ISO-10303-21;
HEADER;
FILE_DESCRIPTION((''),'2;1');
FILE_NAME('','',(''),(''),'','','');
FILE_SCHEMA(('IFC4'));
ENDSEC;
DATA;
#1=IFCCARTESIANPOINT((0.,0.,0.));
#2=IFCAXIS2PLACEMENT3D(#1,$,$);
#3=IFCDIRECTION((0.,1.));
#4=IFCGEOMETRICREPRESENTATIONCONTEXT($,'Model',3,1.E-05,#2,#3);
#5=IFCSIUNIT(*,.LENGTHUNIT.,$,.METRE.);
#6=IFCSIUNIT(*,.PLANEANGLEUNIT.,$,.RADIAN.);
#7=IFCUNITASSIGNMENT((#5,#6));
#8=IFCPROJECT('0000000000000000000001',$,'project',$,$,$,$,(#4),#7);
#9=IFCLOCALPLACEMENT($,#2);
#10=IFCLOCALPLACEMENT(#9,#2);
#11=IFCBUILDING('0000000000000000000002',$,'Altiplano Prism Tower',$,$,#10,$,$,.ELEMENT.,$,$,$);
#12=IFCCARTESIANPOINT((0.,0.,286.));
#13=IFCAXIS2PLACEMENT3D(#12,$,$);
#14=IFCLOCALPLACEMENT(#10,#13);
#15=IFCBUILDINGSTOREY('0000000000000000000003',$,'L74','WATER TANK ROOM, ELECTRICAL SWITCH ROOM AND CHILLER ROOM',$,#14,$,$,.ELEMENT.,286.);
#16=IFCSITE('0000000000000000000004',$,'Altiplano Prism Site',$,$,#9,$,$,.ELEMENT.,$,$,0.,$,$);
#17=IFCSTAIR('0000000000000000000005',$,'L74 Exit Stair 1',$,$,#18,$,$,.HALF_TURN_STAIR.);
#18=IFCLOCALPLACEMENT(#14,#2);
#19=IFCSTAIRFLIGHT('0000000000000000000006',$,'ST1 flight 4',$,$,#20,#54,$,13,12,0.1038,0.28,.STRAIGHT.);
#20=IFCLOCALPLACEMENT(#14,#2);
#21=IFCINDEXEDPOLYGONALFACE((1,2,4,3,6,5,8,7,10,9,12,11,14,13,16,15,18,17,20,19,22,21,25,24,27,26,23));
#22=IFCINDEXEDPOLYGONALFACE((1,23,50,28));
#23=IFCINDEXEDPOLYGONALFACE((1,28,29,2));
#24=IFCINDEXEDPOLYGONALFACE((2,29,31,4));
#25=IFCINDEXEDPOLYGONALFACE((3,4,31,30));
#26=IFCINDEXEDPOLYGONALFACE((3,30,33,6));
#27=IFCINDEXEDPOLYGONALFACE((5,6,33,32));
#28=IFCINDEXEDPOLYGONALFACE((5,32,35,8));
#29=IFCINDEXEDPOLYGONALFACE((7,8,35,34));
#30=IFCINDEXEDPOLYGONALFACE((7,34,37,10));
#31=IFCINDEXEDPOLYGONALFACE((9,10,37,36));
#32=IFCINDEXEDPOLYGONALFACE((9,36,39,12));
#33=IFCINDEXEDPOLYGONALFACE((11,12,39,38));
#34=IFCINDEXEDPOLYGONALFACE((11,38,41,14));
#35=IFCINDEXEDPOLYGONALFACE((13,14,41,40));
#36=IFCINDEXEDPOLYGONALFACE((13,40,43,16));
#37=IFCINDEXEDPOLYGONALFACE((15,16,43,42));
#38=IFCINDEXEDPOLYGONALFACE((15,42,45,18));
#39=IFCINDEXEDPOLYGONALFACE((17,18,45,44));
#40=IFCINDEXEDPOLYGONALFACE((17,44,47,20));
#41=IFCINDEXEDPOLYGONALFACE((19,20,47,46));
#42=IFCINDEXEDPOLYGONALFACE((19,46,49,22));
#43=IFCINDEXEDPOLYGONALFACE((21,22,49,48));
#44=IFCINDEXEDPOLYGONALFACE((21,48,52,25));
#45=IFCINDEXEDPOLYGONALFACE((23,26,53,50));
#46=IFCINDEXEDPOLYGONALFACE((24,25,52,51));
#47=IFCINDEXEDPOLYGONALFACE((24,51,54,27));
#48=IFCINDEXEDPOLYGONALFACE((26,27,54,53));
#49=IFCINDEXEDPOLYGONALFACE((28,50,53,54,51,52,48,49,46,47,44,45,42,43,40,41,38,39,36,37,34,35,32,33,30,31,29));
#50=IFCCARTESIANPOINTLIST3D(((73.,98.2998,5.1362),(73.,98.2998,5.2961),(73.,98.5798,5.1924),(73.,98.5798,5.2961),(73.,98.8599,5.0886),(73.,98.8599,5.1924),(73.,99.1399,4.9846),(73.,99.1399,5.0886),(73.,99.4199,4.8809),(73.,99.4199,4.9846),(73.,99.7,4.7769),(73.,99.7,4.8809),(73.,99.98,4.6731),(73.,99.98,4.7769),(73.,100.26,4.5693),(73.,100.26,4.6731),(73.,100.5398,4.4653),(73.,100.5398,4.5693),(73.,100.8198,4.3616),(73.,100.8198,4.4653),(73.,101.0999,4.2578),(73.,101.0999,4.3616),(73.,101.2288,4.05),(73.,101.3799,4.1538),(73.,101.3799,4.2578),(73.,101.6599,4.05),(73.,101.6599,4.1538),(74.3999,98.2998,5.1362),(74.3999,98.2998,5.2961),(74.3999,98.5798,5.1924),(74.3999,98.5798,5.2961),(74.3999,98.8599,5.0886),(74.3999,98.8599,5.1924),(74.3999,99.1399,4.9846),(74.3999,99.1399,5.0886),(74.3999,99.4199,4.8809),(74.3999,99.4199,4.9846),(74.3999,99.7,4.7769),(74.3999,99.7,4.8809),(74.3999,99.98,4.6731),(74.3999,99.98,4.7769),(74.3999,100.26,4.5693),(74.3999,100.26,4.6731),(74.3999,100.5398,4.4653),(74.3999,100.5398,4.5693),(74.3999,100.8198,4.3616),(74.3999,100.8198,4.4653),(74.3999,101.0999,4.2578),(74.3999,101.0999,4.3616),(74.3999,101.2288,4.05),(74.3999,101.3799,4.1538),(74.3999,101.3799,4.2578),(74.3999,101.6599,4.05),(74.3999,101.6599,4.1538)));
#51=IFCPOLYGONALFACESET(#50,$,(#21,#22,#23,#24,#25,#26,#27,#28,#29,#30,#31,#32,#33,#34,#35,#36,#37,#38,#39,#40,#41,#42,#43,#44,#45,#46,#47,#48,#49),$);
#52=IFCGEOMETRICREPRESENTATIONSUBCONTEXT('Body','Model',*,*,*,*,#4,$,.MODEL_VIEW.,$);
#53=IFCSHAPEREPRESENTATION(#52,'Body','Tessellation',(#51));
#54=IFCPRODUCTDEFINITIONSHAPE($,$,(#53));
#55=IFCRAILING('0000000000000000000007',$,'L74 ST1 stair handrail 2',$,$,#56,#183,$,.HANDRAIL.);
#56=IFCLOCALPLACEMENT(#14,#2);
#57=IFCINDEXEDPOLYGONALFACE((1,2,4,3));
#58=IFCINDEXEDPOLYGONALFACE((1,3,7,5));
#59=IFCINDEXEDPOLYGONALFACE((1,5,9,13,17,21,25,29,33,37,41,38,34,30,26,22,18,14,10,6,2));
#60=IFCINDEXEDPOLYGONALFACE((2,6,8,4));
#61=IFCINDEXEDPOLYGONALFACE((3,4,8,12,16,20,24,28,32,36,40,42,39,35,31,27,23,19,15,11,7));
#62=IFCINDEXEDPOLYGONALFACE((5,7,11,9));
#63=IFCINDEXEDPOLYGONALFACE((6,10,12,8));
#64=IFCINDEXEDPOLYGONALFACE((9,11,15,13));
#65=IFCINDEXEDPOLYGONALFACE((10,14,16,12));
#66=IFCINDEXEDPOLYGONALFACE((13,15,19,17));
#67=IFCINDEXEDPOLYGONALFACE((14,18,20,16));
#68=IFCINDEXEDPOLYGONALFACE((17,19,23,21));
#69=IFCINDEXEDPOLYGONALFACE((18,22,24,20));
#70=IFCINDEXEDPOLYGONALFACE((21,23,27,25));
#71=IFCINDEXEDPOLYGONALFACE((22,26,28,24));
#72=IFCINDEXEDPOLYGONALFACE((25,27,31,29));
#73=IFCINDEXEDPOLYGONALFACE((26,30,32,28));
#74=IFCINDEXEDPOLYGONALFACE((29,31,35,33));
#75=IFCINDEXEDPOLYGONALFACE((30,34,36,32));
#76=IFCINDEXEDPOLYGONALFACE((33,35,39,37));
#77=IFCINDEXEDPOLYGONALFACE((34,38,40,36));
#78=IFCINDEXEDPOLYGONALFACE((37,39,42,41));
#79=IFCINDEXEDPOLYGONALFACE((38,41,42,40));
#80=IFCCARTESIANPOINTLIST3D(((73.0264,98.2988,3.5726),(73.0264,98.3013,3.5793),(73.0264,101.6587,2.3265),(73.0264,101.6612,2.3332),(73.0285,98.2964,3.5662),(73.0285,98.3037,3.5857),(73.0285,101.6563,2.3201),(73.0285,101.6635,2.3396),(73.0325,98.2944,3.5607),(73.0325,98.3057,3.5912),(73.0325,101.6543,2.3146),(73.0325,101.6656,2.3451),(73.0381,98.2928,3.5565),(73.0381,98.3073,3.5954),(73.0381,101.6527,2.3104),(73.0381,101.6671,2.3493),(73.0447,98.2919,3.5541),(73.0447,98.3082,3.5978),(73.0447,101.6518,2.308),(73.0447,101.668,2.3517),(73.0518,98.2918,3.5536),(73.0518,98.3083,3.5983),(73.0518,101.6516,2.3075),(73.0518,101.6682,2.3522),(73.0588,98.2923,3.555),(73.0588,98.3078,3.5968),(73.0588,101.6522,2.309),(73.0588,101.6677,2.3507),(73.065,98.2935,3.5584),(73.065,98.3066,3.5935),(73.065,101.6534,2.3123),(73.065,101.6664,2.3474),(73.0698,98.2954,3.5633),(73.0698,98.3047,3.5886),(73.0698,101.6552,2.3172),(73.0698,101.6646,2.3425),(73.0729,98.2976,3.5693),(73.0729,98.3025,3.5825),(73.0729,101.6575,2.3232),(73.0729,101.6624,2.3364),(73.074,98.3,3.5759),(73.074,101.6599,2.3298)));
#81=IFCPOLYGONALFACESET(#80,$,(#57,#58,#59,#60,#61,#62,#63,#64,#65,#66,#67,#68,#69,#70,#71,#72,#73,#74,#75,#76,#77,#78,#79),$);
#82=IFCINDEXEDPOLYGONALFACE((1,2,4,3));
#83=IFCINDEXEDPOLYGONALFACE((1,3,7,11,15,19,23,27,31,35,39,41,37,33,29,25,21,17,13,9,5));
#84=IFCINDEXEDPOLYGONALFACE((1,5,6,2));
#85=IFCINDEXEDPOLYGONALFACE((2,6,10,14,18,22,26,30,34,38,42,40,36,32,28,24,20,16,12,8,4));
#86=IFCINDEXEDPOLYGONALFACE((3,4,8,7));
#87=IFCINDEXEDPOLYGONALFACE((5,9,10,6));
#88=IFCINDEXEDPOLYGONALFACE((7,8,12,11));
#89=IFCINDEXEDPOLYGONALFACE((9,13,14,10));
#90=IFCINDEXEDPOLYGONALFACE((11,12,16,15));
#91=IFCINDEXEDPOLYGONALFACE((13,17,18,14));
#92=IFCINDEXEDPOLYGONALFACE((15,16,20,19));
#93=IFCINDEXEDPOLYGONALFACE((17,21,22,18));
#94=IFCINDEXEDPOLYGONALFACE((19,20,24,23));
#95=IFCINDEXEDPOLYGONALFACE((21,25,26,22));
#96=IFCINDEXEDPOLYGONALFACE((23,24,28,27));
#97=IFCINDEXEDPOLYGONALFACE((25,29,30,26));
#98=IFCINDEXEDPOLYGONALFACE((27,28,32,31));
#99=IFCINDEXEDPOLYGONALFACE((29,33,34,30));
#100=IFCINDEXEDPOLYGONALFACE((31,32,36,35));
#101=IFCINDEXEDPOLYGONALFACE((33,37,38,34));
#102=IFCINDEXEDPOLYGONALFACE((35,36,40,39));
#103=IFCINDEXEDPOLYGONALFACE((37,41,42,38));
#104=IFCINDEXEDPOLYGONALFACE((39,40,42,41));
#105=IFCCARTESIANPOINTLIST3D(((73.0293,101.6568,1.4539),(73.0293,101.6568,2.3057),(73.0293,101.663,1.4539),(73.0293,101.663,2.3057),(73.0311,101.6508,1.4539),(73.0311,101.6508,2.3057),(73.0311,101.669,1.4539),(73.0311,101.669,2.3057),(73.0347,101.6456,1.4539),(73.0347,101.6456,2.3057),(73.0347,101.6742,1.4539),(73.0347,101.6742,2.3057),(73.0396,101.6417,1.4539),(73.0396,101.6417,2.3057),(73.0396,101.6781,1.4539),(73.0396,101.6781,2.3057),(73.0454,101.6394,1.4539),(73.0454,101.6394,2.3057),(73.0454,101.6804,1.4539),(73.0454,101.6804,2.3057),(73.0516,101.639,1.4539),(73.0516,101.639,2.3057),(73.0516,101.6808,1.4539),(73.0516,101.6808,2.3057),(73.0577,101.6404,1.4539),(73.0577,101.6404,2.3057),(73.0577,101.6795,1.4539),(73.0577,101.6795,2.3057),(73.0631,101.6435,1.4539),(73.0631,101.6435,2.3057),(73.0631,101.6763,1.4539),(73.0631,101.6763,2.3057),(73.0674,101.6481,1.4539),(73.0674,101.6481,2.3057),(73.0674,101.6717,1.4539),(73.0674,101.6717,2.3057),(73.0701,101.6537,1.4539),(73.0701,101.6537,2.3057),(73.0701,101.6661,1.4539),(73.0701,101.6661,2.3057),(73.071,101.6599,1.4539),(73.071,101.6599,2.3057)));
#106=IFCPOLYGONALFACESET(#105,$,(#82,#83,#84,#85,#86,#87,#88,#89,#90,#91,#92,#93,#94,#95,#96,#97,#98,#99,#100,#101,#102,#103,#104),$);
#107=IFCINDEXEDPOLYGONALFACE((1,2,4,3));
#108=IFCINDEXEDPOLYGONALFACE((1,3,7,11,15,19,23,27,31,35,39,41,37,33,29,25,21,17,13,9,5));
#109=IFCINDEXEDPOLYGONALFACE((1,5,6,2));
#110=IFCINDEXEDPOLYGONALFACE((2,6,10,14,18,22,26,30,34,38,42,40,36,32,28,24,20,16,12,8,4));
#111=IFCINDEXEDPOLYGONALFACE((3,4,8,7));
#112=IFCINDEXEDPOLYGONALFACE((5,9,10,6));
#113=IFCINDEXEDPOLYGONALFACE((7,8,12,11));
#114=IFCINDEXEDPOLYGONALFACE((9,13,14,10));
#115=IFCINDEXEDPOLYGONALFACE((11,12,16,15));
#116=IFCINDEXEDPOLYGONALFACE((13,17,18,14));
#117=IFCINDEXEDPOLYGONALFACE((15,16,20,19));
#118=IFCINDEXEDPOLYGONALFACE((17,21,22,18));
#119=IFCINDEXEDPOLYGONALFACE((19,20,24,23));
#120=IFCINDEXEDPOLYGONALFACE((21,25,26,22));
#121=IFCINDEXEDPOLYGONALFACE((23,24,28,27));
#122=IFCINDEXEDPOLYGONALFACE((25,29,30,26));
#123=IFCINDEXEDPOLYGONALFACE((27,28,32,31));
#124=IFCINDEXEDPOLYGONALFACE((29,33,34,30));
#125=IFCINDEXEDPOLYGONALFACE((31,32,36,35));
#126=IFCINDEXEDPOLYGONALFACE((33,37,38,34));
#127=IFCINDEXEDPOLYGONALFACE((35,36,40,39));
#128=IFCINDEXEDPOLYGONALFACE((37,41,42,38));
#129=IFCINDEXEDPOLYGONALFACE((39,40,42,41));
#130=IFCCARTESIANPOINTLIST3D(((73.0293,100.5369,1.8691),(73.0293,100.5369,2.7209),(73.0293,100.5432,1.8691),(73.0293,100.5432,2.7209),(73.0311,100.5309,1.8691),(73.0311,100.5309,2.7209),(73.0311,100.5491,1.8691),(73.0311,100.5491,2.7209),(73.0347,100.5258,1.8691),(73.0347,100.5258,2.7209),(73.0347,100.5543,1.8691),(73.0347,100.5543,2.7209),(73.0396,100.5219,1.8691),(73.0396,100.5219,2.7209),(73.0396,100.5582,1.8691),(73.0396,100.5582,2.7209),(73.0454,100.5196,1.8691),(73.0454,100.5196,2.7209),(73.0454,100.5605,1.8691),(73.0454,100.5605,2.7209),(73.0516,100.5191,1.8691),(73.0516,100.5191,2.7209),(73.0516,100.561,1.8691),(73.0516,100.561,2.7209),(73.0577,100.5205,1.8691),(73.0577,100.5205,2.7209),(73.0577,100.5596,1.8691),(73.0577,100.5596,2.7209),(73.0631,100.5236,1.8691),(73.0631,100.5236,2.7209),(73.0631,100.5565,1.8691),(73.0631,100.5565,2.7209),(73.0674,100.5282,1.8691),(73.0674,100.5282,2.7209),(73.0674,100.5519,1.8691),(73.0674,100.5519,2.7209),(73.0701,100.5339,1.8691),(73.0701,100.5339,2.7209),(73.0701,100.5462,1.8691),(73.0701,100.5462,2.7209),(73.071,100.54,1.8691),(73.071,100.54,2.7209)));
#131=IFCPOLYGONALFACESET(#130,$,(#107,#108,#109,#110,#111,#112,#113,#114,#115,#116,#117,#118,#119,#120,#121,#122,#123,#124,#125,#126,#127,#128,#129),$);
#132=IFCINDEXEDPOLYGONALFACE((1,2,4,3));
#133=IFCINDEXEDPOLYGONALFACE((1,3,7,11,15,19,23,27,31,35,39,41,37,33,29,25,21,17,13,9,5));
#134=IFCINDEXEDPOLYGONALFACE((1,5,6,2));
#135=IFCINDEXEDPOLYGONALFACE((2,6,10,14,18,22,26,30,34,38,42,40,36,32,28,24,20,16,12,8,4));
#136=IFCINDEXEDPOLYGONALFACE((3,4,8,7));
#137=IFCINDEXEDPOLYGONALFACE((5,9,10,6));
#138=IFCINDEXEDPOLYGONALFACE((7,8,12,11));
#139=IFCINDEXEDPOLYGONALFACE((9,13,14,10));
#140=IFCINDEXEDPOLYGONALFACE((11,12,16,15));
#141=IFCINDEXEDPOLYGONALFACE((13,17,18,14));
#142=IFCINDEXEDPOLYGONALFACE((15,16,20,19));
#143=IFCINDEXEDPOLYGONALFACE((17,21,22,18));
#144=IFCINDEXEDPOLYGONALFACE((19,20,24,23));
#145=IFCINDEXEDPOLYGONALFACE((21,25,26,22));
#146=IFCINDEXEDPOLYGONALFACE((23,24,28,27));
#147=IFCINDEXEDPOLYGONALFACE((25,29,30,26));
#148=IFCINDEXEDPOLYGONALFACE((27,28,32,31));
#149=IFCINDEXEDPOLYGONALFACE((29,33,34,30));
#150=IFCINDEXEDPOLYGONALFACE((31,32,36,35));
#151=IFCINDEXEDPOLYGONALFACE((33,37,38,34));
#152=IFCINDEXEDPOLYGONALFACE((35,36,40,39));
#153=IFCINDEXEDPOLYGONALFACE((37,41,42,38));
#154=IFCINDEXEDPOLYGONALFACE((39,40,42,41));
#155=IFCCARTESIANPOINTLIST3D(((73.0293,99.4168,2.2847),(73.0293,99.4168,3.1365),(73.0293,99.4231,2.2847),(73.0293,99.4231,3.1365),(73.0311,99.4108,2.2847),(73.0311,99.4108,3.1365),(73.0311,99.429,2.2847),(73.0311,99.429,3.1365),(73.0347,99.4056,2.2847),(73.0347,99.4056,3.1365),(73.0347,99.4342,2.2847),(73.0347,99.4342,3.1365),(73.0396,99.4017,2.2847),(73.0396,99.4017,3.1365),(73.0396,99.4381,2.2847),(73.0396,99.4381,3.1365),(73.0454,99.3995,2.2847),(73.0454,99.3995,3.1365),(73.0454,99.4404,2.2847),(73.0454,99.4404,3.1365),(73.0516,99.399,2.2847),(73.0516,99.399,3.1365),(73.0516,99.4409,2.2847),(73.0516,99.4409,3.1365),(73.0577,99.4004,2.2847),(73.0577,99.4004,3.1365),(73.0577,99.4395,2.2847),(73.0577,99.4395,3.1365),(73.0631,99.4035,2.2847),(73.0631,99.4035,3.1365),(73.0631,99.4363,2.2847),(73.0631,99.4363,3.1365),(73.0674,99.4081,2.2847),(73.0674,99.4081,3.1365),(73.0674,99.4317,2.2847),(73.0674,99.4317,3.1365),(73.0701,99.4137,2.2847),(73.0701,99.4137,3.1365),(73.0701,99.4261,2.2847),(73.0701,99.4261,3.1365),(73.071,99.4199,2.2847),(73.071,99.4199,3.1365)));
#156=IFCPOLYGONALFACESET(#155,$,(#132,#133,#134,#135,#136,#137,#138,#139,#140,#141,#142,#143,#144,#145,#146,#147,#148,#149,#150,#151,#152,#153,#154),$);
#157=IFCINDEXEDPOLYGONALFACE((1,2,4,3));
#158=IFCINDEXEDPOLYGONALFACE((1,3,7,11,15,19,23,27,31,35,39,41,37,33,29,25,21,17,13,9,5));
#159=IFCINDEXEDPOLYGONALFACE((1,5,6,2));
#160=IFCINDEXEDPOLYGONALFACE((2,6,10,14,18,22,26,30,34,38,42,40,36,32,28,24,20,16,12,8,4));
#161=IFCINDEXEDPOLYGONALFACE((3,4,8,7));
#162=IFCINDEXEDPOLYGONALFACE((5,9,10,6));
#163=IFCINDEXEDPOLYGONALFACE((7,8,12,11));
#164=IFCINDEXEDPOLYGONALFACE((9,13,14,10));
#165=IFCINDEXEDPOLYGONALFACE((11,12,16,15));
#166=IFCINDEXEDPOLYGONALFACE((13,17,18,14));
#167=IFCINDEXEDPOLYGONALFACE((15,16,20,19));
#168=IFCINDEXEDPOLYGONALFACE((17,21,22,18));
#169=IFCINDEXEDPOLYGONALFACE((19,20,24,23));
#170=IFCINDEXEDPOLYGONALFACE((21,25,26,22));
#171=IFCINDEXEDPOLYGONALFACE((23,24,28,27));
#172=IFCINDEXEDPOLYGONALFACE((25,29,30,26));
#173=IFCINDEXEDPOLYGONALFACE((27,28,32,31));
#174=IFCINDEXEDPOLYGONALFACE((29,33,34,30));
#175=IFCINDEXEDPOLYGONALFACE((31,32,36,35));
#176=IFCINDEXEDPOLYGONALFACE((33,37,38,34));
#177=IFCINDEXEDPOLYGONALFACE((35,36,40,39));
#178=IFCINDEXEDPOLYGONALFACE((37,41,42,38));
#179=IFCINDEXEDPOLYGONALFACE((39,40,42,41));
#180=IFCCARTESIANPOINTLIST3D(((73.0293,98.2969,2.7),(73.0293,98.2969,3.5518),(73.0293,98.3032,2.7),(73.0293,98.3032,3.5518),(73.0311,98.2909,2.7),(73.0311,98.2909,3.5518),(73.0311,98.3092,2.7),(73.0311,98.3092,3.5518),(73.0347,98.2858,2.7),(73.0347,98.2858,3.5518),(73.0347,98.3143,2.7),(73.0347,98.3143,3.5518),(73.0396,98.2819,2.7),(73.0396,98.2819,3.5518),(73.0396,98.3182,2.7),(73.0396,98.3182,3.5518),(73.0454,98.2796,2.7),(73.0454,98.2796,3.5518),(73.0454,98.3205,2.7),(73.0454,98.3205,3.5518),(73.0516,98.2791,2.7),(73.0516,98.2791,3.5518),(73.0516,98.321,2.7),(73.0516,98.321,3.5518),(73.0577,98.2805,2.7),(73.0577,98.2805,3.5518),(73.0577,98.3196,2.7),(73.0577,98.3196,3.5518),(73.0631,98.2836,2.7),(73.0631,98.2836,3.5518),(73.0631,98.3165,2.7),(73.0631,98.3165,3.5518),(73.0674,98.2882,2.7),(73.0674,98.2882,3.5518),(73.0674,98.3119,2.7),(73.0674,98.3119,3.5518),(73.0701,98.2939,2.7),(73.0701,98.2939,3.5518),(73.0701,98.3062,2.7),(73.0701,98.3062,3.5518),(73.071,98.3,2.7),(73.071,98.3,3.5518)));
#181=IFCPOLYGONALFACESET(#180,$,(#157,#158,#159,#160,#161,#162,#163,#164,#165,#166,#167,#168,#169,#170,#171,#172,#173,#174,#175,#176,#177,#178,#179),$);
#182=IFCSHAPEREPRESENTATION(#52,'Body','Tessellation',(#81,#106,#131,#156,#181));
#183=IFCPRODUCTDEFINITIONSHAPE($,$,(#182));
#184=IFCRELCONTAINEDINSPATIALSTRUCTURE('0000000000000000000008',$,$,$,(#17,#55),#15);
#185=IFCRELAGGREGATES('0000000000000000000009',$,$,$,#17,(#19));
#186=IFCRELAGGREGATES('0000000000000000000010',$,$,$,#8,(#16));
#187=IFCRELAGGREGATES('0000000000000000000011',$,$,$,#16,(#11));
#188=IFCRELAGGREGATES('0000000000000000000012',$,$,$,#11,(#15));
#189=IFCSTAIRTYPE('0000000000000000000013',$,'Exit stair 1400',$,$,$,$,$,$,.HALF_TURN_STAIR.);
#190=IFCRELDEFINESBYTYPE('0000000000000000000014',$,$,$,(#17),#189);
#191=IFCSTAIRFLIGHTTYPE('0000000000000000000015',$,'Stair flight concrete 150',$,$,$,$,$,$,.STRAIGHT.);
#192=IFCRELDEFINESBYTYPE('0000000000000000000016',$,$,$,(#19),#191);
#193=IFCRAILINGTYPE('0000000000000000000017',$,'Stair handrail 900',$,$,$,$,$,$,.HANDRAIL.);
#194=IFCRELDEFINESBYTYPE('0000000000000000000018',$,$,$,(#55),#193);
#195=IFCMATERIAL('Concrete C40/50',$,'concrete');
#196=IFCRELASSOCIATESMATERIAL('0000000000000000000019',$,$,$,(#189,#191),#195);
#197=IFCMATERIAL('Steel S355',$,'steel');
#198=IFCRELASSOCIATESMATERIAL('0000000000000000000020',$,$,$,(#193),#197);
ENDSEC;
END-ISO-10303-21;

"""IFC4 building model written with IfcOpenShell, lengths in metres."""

from ifc_helpers import new_model, si_unit, direction, frame, origin, origin_2d, place, context, subcontext, project, spatial, polyline, circle, outline, extrude, material, type_object, element, aggregate, save


model = new_model("IFC4")

# Units and contexts
model_context = context("Model", 3, precision=1e-05, world=origin(), true_north=direction((0.0, 1.0)))
body_context = subcontext(model_context, "Body", "Model", "MODEL_VIEW")
ifc_project = project(units=[si_unit("LENGTHUNIT", "METRE"), si_unit("PLANEANGLEUNIT", "RADIAN")], contexts=[model_context])

# Site, building, storey
site_placement = place(None, origin())
site = spatial("IfcSite", under=ifc_project, at=site_placement, Name="Altiplano Prism Site", CompositionType="ELEMENT", RefElevation=0.0)
building_placement = place(site_placement, origin())
building = spatial("IfcBuilding", under=site, at=building_placement, Name="Altiplano Prism Tower", CompositionType="ELEMENT")
storey_placement = place(building_placement, frame((0.0, 0.0, 286.0)))
storey = spatial("IfcBuildingStorey", under=building, at=storey_placement, Name="L74", Description="WATER TANK ROOM, ELECTRICAL SWITCH ROOM AND CHILLER ROOM", CompositionType="ELEMENT", Elevation=286.0)

# Shared definitions
ifc_material_1 = material(Name="Steel S355", Category="steel")

# Stair, stair flight
ifc_material_2 = material(Name="Concrete C40/50", Category="concrete")
stair_type = type_object("IfcStairType", Name="Exit stair 1400", PredefinedType="HALF_TURN_STAIR", material=ifc_material_2)
stair_placement = place(storey_placement, origin())
stair = element("IfcStair", 1, at=stair_placement, inside=storey, type_object=stair_type, Name="L74 Exit Stair 1", PredefinedType="HALF_TURN_STAIR")
stair_flight_type = type_object("IfcStairFlightType", Name="Stair flight concrete 150", PredefinedType="STRAIGHT", material=ifc_material_2)
stair_flight_1_placement = place(storey_placement, frame((73.7, 101.6599, 4.05), z_axis=(0.0, 0.0, 1.0), x_axis=(0.0, -1.0, 0.0)))
stair_flight_1 = element("IfcStairFlight", 2, at=stair_flight_1_placement, type_object=stair_flight_type, Name="ST1 flight 4", NumberOfRisers=13, NumberOfTreads=12, PredefinedType="STRAIGHT", RiserHeight=0.1038, TreadLength=0.28, context=body_context, shape_type="SweptSolid", body=[
    extrude(outline(polyline([(0.0, 0.0), (0.0, 0.1038), (0.28, 0.1038), (0.28, 0.2078), (0.5601, 0.2078), (0.5601, 0.3115), (0.8401, 0.3115), (0.8401, 0.4153), (1.1201, 0.4153), (1.1201, 0.5193), (1.3999, 0.5193), (1.3999, 0.623), (1.6799, 0.623), (1.6799, 0.7268), (1.96, 0.7268), (1.96, 0.8308), (2.24, 0.8308), (2.24, 0.9346), (2.52, 0.9346), (2.52, 1.0386), (2.8, 1.0386), (2.8, 1.1423), (3.0801, 1.1423), (3.0801, 1.2461), (3.3601, 1.2461), (3.3601, 1.3501), (3.3601, 1.0862), (0.4312, 0.0), (0.0, 0.0)])), frame((0.0, 0.7, 0.0), z_axis=(0.0, -1.0, 0.0), x_axis=(1.0, 0.0, 0.0)), (0.0, 0.0, 1.0), 1.3999),
])
aggregate(stair, [stair_flight_1])

# Railing
railing_type_1 = type_object("IfcRailingType", Name="Stair handrail 900", PredefinedType="HANDRAIL", material=ifc_material_1)
for number, where, name in (
    (3, (73.05, 101.6599, 1.4539), "L74 ST1 stair handrail 2"),
):
    element("IfcRailing", number, at=place(storey_placement, frame(where)), inside=storey, type_object=railing_type_1, Name=name, PredefinedType="HANDRAIL", context=body_context, shape_type="SweptSolid", body=[
        extrude(circle(Radius=0.0239, at=origin_2d()), frame((0.0, 0.0, 0.876), z_axis=(0.0, -0.937594, 0.347731), x_axis=(1.0, 0.0, 0.0)), (0.0, 0.0, 1.0), 3.5835),
        extrude(circle(Radius=0.021, at=origin_2d()), origin(), (0.0, 0.0, 1.0), 0.8518),
        extrude(circle(Radius=0.021, at=origin_2d()), frame((0.0, -1.1199, 0.4153)), (0.0, 0.0, 1.0), 0.8518),
        extrude(circle(Radius=0.021, at=origin_2d()), frame((0.0, -2.24, 0.8308)), (0.0, 0.0, 1.0), 0.8518),
        extrude(circle(Radius=0.021, at=origin_2d()), frame((0.0, -3.3599, 1.2461)), (0.0, 0.0, 1.0), 0.8518),
    ])

save(model, "model.ifc")
